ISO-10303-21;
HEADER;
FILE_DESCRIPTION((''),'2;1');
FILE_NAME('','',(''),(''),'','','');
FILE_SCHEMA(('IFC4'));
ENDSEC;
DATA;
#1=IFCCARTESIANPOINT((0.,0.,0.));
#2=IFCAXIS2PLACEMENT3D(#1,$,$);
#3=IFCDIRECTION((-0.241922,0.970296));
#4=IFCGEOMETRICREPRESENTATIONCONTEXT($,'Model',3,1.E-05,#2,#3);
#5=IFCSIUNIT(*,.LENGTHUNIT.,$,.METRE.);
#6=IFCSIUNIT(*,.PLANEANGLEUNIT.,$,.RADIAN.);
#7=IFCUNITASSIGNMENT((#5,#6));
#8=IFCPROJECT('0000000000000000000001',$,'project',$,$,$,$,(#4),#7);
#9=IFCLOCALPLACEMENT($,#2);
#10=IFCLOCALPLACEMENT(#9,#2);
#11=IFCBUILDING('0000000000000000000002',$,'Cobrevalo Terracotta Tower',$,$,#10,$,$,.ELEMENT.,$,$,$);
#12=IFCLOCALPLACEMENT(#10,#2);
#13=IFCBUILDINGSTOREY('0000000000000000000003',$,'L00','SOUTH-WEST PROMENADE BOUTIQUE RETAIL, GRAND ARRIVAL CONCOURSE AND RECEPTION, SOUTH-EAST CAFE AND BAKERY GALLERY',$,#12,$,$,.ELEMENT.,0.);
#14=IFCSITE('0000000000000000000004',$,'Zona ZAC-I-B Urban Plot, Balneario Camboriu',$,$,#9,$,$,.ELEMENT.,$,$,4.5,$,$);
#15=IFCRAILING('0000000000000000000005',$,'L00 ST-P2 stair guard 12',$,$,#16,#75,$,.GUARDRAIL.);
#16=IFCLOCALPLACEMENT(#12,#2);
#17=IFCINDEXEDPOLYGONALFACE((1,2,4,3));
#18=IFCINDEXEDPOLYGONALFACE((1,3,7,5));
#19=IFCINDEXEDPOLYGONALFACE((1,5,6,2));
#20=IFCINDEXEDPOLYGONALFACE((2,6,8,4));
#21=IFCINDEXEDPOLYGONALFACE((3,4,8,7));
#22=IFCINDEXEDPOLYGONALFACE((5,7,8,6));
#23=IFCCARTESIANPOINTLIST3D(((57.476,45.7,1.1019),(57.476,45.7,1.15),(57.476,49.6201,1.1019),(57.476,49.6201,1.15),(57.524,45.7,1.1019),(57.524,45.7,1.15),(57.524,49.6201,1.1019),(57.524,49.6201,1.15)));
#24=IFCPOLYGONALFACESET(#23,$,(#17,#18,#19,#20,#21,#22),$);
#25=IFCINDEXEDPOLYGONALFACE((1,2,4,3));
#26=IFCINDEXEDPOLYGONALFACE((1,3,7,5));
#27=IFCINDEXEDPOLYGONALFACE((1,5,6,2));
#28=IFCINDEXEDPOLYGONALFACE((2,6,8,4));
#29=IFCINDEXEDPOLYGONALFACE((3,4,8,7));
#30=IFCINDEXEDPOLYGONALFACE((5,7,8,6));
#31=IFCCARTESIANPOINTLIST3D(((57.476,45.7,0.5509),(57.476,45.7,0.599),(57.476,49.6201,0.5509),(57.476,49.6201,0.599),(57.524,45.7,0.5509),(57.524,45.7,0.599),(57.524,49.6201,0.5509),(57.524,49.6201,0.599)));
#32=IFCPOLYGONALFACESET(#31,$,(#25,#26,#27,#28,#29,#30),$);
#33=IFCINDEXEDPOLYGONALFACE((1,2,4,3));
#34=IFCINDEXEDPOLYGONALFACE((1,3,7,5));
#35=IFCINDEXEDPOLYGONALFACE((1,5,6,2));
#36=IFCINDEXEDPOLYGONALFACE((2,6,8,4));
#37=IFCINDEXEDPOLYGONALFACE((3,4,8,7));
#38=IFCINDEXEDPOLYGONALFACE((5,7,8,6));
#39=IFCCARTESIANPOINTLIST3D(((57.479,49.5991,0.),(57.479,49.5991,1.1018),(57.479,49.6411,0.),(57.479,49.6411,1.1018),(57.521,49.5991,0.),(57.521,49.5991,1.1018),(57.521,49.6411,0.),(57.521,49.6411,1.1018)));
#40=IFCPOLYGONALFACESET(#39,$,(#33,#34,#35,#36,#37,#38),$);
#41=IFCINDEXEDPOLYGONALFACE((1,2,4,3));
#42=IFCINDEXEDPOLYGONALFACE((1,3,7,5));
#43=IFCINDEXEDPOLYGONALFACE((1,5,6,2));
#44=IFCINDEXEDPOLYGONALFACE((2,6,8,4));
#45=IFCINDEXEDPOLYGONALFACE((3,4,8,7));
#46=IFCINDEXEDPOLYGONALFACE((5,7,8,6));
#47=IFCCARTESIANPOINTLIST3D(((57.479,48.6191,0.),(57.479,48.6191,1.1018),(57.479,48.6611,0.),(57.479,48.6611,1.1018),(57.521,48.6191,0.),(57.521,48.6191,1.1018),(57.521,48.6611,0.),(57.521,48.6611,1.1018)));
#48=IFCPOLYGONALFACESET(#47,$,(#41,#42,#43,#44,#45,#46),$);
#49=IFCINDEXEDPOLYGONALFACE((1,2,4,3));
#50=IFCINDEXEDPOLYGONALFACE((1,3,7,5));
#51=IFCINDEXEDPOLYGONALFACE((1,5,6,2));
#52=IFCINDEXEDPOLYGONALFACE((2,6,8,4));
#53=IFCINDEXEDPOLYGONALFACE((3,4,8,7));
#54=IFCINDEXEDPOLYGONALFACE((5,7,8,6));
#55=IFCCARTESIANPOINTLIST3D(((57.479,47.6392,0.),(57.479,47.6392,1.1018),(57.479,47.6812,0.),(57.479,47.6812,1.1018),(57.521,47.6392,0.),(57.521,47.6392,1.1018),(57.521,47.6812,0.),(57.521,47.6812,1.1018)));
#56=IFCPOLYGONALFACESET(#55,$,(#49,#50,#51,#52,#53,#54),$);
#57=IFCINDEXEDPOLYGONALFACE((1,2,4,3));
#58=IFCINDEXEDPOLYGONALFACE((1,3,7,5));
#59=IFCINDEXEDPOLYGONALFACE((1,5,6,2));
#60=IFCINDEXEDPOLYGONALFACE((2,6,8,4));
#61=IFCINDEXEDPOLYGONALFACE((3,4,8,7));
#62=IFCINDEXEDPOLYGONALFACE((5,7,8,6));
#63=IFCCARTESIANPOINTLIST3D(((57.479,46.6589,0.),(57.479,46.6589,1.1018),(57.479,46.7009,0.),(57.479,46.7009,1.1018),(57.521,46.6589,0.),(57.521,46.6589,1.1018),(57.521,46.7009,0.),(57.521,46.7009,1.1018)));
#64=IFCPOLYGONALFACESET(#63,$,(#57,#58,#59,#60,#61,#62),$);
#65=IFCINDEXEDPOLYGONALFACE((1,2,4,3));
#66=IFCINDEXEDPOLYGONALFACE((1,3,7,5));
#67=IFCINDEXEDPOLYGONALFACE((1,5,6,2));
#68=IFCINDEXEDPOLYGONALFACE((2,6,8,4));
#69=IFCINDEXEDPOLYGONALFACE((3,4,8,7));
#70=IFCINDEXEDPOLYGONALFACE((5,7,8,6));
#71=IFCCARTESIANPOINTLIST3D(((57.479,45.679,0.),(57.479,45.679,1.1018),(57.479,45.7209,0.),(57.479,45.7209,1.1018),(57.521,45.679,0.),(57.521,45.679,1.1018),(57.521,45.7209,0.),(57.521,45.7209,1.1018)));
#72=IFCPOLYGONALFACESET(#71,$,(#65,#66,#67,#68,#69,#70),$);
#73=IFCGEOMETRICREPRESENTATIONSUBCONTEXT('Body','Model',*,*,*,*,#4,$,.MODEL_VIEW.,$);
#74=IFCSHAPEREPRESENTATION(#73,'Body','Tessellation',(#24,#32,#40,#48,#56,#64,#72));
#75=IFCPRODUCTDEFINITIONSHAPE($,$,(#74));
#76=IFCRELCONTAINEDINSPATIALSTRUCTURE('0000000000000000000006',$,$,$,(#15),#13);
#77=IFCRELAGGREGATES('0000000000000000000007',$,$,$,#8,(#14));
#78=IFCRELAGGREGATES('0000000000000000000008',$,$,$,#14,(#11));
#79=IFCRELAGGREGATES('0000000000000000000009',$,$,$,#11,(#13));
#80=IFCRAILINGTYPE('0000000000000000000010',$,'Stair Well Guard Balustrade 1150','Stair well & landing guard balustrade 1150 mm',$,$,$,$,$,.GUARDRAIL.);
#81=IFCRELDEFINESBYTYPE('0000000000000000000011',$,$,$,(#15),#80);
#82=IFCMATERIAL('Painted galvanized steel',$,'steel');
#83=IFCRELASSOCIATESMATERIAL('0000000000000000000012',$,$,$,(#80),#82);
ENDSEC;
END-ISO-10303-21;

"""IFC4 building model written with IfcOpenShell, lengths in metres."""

from ifc_helpers import new_model, si_unit, direction, frame, origin, origin_2d, place, context, subcontext, project, spatial, rectangle, extrude, material, type_object, element, save


model = new_model("IFC4")

# Units and contexts
model_context = context("Model", 3, precision=1e-05, world=origin(), true_north=direction((-0.241922, 0.970296)))
body_context = subcontext(model_context, "Body", "Model", "MODEL_VIEW")
ifc_project = project(units=[si_unit("LENGTHUNIT", "METRE"), si_unit("PLANEANGLEUNIT", "RADIAN")], contexts=[model_context])

# Site, building, storey
site_placement = place(None, origin())
site = spatial("IfcSite", under=ifc_project, at=site_placement, Name="Zona ZAC-I-B Urban Plot, Balneario Camboriu", CompositionType="ELEMENT", RefElevation=4.5)
building_placement = place(site_placement, origin())
building = spatial("IfcBuilding", under=site, at=building_placement, Name="Cobrevalo Terracotta Tower", CompositionType="ELEMENT")
storey_placement = place(building_placement, origin())
storey = spatial("IfcBuildingStorey", under=building, at=storey_placement, Name="L00", Description="SOUTH-WEST PROMENADE BOUTIQUE RETAIL, GRAND ARRIVAL CONCOURSE AND RECEPTION, SOUTH-EAST CAFE AND BAKERY GALLERY", CompositionType="ELEMENT", Elevation=0.0)

# Railing
ifc_material_1 = material(Name="Painted galvanized steel", Category="steel")
railing_type_1 = type_object("IfcRailingType", Name="Stair Well Guard Balustrade 1150", Description="Stair well & landing guard balustrade 1150 mm", PredefinedType="GUARDRAIL", material=ifc_material_1)
railing_1_placement = place(storey_placement, frame((57.5, 49.6201, 0.0)))
element("IfcRailing", 1, at=railing_1_placement, inside=storey, type_object=railing_type_1, Name="L00 ST-P2 stair guard 12", PredefinedType="GUARDRAIL", context=body_context, shape_type="SweptSolid", body=[
    extrude(rectangle(XDim=0.0481, YDim=0.0481, at=origin_2d()), frame((0.0, 0.0, 1.126), z_axis=(0.0, -1.0, 0.0), x_axis=(1.0, 0.0, 0.0)), (0.0, 0.0, 1.0), 3.9202),
    extrude(rectangle(XDim=0.0481, YDim=0.0481, at=origin_2d()), frame((0.0, 0.0, 0.575), z_axis=(0.0, -1.0, 0.0), x_axis=(1.0, 0.0, 0.0)), (0.0, 0.0, 1.0), 3.9202),
    extrude(rectangle(XDim=0.042, YDim=0.042, at=origin_2d()), origin(), (0.0, 0.0, 1.0), 1.1018),
    extrude(rectangle(XDim=0.042, YDim=0.042, at=origin_2d()), frame((0.0, -0.98, 0.0)), (0.0, 0.0, 1.0), 1.1018),
    extrude(rectangle(XDim=0.042, YDim=0.042, at=origin_2d()), frame((0.0, -1.96, 0.0)), (0.0, 0.0, 1.0), 1.1018),
    extrude(rectangle(XDim=0.042, YDim=0.042, at=origin_2d()), frame((0.0, -2.9402, 0.0)), (0.0, 0.0, 1.0), 1.1018),
    extrude(rectangle(XDim=0.042, YDim=0.042, at=origin_2d()), frame((0.0, -3.9202, 0.0)), (0.0, 0.0, 1.0), 1.1018),
])

save(model, "model.ifc")
